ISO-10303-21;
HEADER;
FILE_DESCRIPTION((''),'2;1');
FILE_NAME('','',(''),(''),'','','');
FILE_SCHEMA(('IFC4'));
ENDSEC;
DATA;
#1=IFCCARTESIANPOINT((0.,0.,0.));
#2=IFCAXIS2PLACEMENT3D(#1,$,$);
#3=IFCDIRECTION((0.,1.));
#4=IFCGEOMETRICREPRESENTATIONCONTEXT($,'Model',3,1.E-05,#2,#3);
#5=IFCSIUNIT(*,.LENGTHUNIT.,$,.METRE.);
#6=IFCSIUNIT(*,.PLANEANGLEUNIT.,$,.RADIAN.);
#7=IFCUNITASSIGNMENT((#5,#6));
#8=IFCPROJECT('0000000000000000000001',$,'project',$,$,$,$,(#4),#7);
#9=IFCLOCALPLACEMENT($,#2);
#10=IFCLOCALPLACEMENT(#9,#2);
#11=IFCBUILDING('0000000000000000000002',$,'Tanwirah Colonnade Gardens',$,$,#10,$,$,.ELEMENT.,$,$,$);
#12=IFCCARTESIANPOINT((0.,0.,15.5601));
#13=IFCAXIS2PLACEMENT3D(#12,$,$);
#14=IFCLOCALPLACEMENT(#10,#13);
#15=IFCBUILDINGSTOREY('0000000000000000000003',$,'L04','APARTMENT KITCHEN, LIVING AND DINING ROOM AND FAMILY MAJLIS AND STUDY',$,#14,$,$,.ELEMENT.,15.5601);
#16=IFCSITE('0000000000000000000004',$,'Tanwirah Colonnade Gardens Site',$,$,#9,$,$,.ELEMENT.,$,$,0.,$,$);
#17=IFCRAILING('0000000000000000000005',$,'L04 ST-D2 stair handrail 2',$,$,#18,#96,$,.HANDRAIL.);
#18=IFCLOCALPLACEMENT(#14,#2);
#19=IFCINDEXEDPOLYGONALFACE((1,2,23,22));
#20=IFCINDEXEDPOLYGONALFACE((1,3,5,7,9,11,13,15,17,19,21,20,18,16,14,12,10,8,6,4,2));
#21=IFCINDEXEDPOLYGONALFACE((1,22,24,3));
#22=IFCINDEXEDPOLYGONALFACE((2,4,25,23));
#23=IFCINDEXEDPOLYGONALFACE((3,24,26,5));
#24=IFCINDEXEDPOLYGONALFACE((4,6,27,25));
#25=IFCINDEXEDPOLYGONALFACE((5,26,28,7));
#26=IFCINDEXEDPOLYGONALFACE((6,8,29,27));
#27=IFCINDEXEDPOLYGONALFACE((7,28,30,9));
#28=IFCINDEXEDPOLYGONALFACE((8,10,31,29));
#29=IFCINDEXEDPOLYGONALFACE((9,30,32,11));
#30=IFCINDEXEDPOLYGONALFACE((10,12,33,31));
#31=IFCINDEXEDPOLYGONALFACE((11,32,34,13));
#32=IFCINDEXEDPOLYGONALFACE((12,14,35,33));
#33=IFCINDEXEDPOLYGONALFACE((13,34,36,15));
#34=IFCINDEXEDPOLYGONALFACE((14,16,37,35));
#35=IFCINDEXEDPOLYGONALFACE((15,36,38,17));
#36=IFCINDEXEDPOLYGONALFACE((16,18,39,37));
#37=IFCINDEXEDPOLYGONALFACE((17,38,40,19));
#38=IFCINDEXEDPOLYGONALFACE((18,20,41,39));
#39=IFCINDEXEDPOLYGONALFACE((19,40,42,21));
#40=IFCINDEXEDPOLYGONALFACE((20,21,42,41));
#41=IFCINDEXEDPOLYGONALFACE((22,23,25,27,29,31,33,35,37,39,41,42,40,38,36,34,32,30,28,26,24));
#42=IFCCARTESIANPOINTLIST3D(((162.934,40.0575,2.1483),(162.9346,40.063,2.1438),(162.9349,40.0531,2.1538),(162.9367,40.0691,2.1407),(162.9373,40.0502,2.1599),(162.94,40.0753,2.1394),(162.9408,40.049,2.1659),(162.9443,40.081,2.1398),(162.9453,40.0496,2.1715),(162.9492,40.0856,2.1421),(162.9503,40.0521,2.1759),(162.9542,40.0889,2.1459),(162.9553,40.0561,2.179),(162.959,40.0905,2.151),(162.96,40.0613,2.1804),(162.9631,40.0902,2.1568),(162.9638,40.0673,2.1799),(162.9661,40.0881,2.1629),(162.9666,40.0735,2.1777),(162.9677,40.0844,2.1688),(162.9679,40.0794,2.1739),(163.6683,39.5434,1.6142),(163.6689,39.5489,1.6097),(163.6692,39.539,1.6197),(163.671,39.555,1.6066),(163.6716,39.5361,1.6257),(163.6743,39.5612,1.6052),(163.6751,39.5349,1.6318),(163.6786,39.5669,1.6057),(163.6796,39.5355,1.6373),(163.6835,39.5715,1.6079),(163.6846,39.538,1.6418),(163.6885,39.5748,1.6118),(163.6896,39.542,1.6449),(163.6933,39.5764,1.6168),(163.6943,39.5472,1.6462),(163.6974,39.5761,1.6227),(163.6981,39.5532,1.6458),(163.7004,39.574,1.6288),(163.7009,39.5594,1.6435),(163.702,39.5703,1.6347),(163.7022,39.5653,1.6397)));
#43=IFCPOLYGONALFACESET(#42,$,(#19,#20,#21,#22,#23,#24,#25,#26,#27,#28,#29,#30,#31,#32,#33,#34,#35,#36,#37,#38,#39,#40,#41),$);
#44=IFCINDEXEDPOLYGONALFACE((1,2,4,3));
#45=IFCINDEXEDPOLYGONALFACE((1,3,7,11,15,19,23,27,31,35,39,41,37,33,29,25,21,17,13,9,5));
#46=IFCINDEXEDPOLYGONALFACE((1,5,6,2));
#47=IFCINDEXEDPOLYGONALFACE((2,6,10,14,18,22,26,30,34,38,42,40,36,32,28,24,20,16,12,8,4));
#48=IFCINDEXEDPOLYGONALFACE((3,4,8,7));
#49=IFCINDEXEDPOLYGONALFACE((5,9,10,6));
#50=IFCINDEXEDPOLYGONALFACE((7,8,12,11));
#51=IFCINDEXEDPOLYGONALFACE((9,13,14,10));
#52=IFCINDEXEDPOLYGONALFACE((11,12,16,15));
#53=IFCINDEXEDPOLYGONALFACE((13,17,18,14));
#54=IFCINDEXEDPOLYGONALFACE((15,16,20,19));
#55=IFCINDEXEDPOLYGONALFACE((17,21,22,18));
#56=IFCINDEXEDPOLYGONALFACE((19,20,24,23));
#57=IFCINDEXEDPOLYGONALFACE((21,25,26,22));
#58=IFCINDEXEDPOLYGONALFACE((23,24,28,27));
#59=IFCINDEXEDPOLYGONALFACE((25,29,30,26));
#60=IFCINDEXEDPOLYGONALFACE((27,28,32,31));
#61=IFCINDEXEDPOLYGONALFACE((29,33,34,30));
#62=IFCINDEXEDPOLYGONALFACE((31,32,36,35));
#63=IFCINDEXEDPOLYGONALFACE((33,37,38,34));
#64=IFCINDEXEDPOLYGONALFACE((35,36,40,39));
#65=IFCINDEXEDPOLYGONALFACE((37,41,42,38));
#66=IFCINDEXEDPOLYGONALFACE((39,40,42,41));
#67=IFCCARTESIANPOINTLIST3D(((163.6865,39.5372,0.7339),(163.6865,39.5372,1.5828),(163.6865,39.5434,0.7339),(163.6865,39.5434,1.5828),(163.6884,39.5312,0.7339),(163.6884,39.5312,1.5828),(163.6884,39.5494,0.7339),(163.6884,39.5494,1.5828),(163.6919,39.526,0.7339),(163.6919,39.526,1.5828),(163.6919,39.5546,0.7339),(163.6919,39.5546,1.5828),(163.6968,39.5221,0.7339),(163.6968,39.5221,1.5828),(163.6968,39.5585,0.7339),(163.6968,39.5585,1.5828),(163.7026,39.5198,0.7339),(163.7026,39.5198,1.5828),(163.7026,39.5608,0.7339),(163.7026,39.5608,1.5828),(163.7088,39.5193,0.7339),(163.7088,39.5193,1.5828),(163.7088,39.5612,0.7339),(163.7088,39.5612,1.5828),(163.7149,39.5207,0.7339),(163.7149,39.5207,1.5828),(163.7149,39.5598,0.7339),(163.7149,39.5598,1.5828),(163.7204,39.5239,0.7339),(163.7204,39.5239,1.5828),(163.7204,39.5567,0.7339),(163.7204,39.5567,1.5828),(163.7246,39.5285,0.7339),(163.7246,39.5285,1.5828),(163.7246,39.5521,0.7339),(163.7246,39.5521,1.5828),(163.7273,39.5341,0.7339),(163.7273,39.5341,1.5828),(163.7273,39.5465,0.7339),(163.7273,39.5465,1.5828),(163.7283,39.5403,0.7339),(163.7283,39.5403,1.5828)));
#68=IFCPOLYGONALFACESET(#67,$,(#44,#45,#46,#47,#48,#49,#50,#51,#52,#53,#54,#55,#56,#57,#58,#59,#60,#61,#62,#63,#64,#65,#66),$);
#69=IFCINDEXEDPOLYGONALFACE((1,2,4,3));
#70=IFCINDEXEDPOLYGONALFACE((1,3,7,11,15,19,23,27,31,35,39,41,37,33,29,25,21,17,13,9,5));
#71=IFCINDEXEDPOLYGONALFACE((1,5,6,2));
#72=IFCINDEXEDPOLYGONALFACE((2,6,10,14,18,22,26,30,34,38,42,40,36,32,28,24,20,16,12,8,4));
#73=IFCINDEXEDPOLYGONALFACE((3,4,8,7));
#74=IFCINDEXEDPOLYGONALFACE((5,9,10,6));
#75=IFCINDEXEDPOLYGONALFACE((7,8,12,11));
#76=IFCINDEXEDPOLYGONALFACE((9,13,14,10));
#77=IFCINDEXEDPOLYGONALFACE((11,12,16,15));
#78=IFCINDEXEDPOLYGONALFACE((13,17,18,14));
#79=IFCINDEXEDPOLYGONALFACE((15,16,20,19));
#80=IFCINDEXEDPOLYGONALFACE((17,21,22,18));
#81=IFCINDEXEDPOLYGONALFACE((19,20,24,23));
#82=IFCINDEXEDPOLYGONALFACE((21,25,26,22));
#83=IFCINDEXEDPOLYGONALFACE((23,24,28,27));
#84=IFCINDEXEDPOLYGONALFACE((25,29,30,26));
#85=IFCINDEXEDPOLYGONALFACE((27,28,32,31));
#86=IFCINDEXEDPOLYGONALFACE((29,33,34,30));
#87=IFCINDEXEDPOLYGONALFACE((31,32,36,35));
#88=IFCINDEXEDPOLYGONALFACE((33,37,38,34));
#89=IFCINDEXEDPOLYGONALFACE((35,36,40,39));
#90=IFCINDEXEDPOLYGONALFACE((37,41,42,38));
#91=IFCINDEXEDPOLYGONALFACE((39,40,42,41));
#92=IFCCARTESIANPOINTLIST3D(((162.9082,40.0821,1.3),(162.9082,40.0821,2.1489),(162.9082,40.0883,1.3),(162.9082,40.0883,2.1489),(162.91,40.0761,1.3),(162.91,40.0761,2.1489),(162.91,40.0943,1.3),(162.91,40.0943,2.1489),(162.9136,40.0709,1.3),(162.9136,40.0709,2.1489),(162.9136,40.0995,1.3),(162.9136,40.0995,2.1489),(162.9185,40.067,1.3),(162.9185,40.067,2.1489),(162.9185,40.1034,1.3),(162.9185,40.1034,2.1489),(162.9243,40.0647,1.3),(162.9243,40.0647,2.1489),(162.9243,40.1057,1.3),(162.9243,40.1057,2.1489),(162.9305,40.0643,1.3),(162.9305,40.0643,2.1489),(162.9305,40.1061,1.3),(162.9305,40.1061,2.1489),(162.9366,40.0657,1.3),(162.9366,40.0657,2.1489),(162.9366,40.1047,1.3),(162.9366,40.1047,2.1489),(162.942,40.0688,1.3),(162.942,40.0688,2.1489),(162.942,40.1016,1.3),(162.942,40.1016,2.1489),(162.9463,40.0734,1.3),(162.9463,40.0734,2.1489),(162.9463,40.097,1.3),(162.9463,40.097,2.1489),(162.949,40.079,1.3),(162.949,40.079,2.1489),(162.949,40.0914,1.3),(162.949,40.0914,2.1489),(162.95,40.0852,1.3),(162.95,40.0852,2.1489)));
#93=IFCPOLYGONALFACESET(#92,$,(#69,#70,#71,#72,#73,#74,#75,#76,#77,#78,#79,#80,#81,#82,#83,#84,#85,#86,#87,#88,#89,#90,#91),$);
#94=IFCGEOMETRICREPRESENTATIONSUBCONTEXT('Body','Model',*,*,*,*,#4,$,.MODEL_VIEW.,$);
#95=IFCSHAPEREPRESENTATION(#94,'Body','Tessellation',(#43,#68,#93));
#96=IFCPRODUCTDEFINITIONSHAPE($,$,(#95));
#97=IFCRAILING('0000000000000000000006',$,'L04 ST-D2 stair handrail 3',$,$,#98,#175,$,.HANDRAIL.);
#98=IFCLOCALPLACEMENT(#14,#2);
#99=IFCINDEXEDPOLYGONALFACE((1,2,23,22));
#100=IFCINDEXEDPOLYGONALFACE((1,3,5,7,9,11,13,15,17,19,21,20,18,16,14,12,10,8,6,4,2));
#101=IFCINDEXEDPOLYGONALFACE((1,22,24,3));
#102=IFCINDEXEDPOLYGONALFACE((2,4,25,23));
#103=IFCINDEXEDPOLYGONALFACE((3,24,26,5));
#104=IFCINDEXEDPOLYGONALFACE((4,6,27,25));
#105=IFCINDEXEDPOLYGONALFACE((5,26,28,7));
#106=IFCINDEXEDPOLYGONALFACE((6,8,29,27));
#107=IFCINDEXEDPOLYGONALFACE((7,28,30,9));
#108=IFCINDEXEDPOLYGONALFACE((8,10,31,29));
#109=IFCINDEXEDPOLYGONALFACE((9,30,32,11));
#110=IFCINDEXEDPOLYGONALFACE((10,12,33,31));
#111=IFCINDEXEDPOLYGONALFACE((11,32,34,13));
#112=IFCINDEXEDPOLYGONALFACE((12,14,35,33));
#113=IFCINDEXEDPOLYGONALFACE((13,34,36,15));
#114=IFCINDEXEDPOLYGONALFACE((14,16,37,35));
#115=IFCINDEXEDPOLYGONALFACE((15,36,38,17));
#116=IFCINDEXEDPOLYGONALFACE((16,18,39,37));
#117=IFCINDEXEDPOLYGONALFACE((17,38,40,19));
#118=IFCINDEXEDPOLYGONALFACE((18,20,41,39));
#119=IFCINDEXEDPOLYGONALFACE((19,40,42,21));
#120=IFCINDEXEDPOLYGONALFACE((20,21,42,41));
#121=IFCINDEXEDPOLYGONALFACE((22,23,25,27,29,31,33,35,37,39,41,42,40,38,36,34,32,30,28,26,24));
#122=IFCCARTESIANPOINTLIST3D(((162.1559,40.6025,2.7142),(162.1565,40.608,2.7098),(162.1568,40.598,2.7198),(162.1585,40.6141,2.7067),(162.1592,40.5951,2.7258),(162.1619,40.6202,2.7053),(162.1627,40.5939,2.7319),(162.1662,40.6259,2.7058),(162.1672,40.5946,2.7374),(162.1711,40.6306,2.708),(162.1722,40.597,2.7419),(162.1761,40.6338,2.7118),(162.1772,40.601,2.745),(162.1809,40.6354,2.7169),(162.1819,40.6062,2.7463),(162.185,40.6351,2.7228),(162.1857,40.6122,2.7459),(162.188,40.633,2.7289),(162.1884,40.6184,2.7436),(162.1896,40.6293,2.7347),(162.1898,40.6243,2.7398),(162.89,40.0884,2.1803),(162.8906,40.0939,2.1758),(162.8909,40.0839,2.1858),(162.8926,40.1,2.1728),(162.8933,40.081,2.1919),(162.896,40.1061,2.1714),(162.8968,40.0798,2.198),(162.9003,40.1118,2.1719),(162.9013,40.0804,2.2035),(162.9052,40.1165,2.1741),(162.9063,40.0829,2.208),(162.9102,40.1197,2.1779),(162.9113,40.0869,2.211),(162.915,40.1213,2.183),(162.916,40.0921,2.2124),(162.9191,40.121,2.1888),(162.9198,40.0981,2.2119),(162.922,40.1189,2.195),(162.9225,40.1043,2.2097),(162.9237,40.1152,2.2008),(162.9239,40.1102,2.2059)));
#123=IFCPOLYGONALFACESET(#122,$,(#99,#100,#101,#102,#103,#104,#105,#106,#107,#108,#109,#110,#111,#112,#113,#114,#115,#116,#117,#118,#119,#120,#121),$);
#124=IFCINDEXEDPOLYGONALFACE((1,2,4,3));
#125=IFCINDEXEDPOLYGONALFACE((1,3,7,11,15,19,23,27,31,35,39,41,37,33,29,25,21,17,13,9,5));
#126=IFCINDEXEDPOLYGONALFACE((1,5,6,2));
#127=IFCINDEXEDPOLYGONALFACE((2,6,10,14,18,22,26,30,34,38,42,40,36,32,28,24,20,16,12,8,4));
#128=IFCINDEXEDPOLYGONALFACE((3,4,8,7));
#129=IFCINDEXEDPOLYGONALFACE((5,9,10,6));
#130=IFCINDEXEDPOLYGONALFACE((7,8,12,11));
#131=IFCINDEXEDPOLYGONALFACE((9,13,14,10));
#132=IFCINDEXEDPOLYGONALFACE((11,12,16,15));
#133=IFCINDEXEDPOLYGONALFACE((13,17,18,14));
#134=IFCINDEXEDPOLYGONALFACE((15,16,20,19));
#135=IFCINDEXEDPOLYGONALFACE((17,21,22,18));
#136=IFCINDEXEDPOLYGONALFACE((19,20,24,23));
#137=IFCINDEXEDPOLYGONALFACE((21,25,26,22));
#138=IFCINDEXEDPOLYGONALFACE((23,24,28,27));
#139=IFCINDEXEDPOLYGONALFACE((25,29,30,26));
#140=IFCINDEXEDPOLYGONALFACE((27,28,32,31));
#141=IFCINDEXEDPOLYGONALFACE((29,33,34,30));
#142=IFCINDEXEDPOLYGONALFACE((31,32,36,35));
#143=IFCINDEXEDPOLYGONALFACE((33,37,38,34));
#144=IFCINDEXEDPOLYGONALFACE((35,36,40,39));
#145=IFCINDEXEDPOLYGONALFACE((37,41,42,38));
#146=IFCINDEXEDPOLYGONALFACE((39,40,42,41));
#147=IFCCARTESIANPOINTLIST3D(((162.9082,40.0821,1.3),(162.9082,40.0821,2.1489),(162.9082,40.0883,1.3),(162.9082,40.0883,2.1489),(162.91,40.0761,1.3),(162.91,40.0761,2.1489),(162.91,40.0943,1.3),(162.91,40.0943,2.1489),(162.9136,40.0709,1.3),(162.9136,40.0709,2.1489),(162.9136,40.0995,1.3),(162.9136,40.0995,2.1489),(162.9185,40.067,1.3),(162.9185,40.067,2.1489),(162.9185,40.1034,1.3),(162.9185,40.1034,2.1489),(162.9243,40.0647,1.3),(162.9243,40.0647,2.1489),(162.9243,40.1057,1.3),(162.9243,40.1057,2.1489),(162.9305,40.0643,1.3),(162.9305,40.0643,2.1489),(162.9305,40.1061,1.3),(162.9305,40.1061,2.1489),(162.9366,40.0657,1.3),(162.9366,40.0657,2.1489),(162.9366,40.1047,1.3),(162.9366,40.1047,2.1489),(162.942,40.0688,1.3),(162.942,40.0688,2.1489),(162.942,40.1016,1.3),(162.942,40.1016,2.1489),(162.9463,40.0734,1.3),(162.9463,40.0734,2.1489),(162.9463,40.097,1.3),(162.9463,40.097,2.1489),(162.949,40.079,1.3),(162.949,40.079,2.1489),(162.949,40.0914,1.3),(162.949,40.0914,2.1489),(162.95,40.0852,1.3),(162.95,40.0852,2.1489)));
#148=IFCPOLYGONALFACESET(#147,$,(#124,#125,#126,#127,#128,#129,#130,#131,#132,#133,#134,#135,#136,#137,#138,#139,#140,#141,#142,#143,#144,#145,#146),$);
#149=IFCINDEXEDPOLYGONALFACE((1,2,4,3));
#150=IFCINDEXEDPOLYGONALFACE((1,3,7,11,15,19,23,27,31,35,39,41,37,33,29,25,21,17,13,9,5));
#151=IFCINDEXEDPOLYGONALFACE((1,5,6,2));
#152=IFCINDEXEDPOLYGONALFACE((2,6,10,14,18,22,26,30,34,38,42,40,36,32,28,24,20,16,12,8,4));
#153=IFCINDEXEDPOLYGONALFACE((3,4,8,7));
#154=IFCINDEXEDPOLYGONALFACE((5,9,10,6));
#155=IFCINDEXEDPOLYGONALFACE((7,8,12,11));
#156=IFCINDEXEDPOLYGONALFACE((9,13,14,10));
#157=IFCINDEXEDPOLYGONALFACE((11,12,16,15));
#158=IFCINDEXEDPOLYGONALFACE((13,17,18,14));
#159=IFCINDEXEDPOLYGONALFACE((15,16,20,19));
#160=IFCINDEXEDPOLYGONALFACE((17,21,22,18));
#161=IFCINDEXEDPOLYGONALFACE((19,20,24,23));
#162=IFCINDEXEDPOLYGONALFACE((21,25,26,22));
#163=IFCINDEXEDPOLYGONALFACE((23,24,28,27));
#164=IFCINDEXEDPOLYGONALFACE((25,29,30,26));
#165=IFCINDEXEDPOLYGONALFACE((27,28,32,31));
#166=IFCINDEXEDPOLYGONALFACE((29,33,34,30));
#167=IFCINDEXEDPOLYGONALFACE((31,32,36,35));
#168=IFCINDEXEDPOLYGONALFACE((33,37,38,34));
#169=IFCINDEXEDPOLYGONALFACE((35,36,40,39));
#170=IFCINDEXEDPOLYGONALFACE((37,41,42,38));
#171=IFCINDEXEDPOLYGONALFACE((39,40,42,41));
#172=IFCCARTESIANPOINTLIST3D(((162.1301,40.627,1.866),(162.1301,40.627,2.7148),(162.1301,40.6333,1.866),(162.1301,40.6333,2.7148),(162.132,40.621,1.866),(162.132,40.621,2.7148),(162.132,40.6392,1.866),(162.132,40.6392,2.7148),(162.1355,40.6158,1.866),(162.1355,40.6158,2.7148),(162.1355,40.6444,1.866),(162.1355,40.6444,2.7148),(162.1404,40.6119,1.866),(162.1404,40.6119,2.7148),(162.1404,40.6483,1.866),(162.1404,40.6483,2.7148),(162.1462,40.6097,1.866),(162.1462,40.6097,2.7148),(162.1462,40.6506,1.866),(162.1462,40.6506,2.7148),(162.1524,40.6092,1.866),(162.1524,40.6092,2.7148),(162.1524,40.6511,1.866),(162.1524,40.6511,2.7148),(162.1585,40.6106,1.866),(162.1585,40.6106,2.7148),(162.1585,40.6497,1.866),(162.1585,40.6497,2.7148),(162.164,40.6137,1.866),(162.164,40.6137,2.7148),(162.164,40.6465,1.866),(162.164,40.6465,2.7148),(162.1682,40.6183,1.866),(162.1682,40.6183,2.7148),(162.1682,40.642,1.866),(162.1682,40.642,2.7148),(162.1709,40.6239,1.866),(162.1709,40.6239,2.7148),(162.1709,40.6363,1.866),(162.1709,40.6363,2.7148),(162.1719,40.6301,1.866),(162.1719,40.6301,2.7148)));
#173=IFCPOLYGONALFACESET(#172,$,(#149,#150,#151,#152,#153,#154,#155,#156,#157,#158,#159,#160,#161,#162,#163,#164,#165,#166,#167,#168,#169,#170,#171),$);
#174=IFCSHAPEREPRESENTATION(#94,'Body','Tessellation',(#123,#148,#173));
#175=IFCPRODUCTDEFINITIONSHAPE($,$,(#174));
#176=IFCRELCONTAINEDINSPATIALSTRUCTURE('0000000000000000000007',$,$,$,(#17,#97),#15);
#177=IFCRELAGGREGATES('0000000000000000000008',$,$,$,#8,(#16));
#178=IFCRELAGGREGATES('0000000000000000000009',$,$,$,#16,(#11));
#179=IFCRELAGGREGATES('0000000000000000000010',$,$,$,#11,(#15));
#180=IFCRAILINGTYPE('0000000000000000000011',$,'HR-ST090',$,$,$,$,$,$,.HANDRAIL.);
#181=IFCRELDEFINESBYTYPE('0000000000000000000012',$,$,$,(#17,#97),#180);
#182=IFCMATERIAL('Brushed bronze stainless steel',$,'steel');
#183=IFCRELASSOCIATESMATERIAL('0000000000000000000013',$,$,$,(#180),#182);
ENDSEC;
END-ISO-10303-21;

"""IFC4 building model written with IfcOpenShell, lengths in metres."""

from ifc_helpers import new_model, si_unit, direction, frame, origin, origin_2d, place, context, subcontext, project, spatial, circle, extrude, material, type_object, element, save


model = new_model("IFC4")

# Units and contexts
model_context = context("Model", 3, precision=1e-05, world=origin(), true_north=direction((0.0, 1.0)))
body_context = subcontext(model_context, "Body", "Model", "MODEL_VIEW")
ifc_project = project(units=[si_unit("LENGTHUNIT", "METRE"), si_unit("PLANEANGLEUNIT", "RADIAN")], contexts=[model_context])

# Site, building, storey
site_placement = place(None, origin())
site = spatial("IfcSite", under=ifc_project, at=site_placement, Name="Tanwirah Colonnade Gardens Site", CompositionType="ELEMENT", RefElevation=0.0)
building_placement = place(site_placement, origin())
building = spatial("IfcBuilding", under=site, at=building_placement, Name="Tanwirah Colonnade Gardens", CompositionType="ELEMENT")
storey_placement = place(building_placement, frame((0.0, 0.0, 15.5601)))
storey = spatial("IfcBuildingStorey", under=building, at=storey_placement, Name="L04", Description="APARTMENT KITCHEN, LIVING AND DINING ROOM AND FAMILY MAJLIS AND STUDY", CompositionType="ELEMENT", Elevation=15.5601)

# Railings
ifc_material_1 = material(Name="Brushed bronze stainless steel", Category="steel")
railing_type_1 = type_object("IfcRailingType", Name="HR-ST090", PredefinedType="HANDRAIL", material=ifc_material_1)
railing_1_placement = place(storey_placement, frame((163.7073, 39.5403, 0.7339)))
element("IfcRailing", 1, at=railing_1_placement, inside=storey, type_object=railing_type_1, Name="L04 ST-D2 stair handrail 2", PredefinedType="HANDRAIL", context=body_context, shape_type="SweptSolid", body=[
    extrude(circle(Radius=0.0239, at=origin_2d()), frame((-0.022, 0.0154, 0.8918), z_axis=(-0.703718, 0.492691, 0.511895), x_axis=(-0.573531, -0.819184, 0.0)), (0.0, 0.0, 1.0), 1.0435),
    extrude(circle(Radius=0.021, at=origin_2d()), origin(), (0.0, 0.0, 1.0), 0.8489),
    extrude(circle(Radius=0.021, at=origin_2d()), frame((-0.7783, 0.5449, 0.5662)), (0.0, 0.0, 1.0), 0.8489),
])
railing_2_placement = place(storey_placement, frame((162.929, 40.0852, 1.3)))
element("IfcRailing", 2, at=railing_2_placement, inside=storey, type_object=railing_type_1, Name="L04 ST-D2 stair handrail 3", PredefinedType="HANDRAIL", context=body_context, shape_type="SweptSolid", body=[
    extrude(circle(Radius=0.0239, at=origin_2d()), frame((-0.022, 0.0154, 0.8918), z_axis=(-0.703686, 0.492823, 0.511812), x_axis=(-0.573652, -0.819099, 0.0)), (0.0, 0.0, 1.0), 1.0432),
    extrude(circle(Radius=0.021, at=origin_2d()), origin(), (0.0, 0.0, 1.0), 0.8489),
    extrude(circle(Radius=0.021, at=origin_2d()), frame((-0.7781, 0.5449, 0.5659)), (0.0, 0.0, 1.0), 0.8489),
])

save(model, "model.ifc")
